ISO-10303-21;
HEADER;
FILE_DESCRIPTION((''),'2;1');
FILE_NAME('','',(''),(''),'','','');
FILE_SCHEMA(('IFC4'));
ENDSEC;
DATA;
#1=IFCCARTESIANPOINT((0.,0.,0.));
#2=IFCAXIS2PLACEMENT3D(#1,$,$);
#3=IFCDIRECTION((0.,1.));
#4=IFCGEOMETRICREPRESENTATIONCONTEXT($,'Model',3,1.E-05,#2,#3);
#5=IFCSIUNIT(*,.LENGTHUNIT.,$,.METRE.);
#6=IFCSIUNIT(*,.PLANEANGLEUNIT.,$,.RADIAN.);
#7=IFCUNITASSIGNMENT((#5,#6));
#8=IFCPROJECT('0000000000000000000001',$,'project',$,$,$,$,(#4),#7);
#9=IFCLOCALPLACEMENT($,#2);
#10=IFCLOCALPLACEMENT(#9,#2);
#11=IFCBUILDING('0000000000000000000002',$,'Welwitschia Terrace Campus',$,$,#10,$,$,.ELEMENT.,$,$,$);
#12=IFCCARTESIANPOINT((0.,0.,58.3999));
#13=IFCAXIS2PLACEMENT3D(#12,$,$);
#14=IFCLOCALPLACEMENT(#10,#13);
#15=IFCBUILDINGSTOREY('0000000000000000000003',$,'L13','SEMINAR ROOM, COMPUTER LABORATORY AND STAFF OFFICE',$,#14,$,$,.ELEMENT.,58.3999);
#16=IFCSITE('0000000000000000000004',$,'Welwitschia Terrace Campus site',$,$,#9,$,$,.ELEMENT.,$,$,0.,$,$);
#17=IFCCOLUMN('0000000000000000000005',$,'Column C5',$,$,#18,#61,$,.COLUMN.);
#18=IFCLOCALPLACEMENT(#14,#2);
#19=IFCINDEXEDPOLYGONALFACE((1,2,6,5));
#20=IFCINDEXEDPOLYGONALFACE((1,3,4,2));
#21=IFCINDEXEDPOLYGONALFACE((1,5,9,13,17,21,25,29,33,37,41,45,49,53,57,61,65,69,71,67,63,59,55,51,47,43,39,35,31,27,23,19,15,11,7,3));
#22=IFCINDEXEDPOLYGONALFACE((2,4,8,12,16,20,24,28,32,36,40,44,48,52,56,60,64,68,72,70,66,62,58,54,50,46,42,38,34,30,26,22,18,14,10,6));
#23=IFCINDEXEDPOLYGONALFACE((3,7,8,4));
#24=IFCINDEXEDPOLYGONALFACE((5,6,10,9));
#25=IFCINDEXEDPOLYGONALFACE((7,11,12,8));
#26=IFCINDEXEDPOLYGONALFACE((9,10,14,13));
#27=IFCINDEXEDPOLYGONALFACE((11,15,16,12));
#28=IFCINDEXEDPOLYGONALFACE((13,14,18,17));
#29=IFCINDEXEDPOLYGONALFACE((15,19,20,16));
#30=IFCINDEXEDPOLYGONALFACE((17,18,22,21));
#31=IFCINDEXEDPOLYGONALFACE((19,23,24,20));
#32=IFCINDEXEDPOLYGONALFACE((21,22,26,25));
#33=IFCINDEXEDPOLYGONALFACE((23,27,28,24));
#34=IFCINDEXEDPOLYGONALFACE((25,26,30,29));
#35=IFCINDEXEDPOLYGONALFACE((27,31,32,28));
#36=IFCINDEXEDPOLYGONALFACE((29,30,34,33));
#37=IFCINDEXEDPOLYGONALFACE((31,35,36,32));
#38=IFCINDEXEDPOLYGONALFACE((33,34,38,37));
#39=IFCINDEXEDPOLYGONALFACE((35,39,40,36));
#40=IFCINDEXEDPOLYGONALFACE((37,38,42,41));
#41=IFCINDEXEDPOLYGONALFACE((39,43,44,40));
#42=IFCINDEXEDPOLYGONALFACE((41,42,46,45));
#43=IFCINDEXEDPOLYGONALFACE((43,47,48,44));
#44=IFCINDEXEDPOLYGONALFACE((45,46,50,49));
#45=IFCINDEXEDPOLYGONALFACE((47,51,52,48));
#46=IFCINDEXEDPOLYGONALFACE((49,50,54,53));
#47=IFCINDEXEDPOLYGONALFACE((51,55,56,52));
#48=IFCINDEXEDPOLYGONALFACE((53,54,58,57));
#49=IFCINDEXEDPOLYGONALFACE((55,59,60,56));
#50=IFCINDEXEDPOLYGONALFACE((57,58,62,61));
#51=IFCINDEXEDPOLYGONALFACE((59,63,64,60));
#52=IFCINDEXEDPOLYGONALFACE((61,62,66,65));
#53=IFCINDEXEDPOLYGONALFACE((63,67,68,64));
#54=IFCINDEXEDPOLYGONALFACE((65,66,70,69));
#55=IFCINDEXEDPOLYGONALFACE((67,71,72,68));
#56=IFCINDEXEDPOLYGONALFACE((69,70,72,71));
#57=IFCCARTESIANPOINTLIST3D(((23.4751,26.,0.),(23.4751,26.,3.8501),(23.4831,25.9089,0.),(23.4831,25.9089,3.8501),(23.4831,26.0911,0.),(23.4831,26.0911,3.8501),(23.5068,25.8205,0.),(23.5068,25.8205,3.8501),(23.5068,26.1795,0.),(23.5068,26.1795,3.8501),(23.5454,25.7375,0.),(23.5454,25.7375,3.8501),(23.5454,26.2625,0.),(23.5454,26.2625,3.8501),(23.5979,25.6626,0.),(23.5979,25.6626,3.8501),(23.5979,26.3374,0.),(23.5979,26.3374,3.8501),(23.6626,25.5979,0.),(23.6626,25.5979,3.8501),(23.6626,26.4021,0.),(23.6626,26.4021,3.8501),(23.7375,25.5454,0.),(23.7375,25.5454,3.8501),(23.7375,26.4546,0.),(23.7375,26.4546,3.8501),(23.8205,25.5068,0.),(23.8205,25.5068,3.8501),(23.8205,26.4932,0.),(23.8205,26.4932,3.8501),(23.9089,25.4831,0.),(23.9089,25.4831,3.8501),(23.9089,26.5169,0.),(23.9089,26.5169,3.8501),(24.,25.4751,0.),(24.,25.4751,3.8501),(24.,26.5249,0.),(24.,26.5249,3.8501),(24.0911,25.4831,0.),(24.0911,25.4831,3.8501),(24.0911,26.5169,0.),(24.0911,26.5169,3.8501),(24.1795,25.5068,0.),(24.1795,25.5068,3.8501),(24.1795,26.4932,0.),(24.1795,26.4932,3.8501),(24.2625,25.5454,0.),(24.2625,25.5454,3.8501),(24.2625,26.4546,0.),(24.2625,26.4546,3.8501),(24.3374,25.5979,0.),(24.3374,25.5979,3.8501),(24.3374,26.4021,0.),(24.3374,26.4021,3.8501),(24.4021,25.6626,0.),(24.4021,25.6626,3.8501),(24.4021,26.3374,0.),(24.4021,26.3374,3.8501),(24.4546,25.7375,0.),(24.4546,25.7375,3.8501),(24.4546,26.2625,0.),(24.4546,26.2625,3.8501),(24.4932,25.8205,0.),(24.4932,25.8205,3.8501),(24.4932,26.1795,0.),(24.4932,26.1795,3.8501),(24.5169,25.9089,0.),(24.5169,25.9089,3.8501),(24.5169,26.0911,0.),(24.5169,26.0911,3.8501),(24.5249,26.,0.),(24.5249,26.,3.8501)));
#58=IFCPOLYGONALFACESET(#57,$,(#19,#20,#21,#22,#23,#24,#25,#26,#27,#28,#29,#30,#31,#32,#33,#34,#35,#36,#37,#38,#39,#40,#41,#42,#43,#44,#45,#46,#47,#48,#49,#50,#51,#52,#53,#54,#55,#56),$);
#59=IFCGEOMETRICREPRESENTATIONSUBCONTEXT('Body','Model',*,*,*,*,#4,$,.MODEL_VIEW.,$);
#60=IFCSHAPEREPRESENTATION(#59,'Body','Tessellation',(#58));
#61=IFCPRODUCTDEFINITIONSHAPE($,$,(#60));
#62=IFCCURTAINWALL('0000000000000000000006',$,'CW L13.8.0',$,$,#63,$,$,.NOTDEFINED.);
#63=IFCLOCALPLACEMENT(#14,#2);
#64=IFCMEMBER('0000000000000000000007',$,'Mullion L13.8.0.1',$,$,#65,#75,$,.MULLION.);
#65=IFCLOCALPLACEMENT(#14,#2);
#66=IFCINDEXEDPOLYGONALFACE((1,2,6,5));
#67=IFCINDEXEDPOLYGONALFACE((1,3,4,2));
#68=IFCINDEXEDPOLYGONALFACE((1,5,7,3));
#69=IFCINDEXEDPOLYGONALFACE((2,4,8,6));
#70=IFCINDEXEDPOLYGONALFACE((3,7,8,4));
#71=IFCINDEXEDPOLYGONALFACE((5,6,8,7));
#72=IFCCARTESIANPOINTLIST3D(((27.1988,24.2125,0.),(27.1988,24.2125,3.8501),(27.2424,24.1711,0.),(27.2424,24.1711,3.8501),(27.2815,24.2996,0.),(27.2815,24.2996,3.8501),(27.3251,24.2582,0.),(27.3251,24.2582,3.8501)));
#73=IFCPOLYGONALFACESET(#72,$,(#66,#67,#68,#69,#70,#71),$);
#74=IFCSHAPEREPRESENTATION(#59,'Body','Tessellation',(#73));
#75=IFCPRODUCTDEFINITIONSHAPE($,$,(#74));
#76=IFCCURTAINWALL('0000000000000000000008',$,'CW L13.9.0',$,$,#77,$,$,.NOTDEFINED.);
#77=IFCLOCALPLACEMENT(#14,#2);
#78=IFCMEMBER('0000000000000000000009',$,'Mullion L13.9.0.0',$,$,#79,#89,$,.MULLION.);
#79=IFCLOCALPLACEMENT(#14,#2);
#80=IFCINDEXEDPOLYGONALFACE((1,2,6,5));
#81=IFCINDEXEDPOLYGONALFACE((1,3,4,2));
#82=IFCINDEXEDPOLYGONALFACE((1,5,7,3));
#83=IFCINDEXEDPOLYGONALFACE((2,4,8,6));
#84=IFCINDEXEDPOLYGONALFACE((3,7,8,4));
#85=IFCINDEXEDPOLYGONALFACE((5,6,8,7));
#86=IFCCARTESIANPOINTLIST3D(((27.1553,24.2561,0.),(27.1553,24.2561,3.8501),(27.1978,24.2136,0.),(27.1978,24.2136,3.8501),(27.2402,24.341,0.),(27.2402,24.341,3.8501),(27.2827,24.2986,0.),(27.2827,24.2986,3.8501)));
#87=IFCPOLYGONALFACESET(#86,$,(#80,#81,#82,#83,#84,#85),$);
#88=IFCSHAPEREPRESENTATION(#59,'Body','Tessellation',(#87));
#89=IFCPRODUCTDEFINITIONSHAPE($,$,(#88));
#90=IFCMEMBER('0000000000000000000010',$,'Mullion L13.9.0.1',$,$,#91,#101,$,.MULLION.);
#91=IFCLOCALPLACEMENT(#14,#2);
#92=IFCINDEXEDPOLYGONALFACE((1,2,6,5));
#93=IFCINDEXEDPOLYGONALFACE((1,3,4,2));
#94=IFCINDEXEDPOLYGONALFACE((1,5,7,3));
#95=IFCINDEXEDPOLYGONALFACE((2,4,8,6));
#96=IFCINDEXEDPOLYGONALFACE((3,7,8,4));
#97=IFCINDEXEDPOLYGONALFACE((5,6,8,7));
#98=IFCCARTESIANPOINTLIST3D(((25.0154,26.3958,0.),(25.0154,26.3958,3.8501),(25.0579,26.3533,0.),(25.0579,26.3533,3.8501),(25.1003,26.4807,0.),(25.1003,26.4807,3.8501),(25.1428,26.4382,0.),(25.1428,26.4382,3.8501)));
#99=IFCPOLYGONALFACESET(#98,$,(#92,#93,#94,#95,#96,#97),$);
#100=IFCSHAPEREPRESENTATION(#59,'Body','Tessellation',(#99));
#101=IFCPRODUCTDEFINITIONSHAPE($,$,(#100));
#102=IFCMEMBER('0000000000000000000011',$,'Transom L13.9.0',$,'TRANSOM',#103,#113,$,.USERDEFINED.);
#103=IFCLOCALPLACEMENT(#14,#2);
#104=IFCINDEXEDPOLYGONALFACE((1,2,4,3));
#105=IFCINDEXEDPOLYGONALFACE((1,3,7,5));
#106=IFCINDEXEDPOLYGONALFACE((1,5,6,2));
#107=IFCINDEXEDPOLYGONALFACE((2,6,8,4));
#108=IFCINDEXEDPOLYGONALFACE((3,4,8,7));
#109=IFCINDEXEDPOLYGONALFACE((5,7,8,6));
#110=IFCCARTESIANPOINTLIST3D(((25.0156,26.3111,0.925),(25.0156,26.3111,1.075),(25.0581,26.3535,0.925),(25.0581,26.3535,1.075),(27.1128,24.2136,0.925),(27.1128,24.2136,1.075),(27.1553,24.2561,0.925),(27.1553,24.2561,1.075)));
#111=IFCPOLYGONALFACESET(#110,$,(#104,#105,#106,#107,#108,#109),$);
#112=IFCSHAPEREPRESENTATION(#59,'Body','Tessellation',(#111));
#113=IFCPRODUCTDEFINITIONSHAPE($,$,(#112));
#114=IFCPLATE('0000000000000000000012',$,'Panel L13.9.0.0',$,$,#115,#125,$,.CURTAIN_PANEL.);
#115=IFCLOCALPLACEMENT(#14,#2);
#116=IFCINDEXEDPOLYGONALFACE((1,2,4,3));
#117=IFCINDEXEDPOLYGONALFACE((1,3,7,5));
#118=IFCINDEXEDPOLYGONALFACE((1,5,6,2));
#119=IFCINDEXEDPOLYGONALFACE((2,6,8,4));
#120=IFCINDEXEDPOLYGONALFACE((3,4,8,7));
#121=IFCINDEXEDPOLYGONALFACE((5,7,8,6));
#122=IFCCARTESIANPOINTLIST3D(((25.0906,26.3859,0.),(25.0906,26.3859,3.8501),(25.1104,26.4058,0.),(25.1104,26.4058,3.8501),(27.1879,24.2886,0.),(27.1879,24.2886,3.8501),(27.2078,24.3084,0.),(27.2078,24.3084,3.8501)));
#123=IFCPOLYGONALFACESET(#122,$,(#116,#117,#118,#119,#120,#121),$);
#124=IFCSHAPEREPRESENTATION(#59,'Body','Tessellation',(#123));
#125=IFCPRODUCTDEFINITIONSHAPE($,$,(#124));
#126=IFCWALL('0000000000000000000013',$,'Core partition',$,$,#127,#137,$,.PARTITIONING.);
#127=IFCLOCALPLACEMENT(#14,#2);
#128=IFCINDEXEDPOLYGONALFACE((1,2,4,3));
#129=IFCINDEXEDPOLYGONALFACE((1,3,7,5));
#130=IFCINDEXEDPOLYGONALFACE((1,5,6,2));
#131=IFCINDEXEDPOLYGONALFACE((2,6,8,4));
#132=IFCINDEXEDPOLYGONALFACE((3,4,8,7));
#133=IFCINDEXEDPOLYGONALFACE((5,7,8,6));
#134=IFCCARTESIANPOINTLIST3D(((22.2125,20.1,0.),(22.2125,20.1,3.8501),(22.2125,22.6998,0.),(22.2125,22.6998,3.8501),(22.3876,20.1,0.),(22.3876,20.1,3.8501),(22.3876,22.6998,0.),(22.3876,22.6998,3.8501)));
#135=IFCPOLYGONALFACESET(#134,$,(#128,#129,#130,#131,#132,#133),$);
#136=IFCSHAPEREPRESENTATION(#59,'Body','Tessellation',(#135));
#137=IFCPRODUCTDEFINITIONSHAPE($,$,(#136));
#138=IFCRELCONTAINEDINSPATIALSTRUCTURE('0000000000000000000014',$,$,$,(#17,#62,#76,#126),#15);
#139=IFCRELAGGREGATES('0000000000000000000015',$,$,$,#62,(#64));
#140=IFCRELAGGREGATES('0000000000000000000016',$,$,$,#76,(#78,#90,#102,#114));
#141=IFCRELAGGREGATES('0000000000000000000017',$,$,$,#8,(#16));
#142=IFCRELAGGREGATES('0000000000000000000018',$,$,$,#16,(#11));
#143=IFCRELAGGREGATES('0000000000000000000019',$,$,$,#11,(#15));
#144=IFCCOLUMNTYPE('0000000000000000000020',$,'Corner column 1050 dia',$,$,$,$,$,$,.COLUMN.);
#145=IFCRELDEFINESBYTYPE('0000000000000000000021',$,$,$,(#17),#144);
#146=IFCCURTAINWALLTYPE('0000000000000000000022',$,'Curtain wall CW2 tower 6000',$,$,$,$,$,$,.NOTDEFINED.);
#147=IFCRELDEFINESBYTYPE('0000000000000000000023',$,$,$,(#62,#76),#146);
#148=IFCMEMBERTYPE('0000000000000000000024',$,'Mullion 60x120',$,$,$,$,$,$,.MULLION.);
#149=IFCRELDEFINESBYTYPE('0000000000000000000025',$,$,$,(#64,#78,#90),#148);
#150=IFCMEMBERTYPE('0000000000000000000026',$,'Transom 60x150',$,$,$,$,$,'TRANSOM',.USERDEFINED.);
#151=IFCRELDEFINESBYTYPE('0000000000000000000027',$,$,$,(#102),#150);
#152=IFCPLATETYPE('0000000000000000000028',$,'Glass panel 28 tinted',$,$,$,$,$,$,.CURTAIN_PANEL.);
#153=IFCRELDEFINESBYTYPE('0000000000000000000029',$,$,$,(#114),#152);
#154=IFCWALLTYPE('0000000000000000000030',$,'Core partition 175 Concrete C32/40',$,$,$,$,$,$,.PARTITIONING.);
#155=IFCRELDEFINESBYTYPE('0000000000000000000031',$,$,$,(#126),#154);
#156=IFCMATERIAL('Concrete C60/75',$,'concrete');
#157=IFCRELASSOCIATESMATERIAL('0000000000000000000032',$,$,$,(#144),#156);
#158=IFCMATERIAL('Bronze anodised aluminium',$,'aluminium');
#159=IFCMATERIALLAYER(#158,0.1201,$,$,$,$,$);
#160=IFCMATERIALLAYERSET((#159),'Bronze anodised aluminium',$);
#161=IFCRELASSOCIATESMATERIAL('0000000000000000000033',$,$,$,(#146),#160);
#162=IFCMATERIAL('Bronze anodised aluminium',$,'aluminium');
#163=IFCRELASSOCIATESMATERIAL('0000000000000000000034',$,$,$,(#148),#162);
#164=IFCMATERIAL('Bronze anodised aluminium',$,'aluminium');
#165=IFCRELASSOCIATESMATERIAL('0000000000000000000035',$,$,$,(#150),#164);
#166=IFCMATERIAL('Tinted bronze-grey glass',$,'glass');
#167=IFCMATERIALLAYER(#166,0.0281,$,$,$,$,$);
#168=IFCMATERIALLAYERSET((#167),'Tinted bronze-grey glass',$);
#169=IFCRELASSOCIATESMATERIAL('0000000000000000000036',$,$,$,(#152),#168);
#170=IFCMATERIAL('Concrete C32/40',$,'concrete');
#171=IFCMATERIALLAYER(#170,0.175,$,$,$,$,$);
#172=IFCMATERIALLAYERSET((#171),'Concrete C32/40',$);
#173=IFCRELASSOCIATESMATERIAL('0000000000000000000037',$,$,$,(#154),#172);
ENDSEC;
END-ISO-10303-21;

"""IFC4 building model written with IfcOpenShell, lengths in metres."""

from ifc_helpers import new_model, si_unit, direction, frame, frame_2d, origin, origin_2d, place, context, subcontext, project, spatial, rectangle, circle, extrude, material, layer, layer_set, material_profile, profile_set, type_object, element, aggregate, save


model = new_model("IFC4")

# Units and contexts
model_context = context("Model", 3, precision=1e-05, world=origin(), true_north=direction((0.0, 1.0)))
body_context = subcontext(model_context, "Body", "Model", "MODEL_VIEW")
ifc_project = project(units=[si_unit("LENGTHUNIT", "METRE"), si_unit("PLANEANGLEUNIT", "RADIAN")], contexts=[model_context])

# Site, building, storey
site_placement = place(None, origin())
site = spatial("IfcSite", under=ifc_project, at=site_placement, Name="Welwitschia Terrace Campus site", CompositionType="ELEMENT", RefElevation=0.0)
building_placement = place(site_placement, origin())
building = spatial("IfcBuilding", under=site, at=building_placement, Name="Welwitschia Terrace Campus", CompositionType="ELEMENT")
storey_placement = place(building_placement, frame((0.0, 0.0, 58.3999)))
storey = spatial("IfcBuildingStorey", under=building, at=storey_placement, Name="L13", Description="SEMINAR ROOM, COMPUTER LABORATORY AND STAFF OFFICE", CompositionType="ELEMENT", Elevation=58.3999)

# Column
ifc_material_1 = material(Name="Concrete C60/75", Category="concrete")
ifc_material_profile_1 = material_profile(ifc_material_1, circle(Radius=0.5249, at=origin_2d()))
ifc_profile_set_1 = profile_set([ifc_material_profile_1], Name="Concrete C60/75")
column_type = type_object("IfcColumnType", Name="Corner column 1050 dia", PredefinedType="COLUMN", material=ifc_profile_set_1)
column_placement = place(storey_placement, frame((24.0, 26.0, 0.0), z_axis=(0.0, 0.0, 1.0), x_axis=(1.0, 0.0, 0.0)))
element("IfcColumn", 1, at=column_placement, inside=storey, type_object=column_type, Name="Column C5", PredefinedType="COLUMN", context=body_context, shape_type="SweptSolid", body=[
    extrude(circle(Radius=0.5249, at=origin_2d()), origin(), (0.0, 0.0, 1.0), 3.8501),
])

# Curtain wall, member
ifc_material_2 = material(Name="Bronze anodised aluminium", Category="aluminium")
ifc_layer_1 = layer(ifc_material_2, 0.1201)
ifc_layer_set_1 = layer_set([ifc_layer_1], Name="Bronze anodised aluminium")
curtain_wall_type = type_object("IfcCurtainWallType", Name="Curtain wall CW2 tower 6000", PredefinedType="NOTDEFINED", material=ifc_layer_set_1)
curtain_wall_1_placement = place(storey_placement, origin())
curtain_wall_1 = element("IfcCurtainWall", 2, at=curtain_wall_1_placement, inside=storey, type_object=curtain_wall_type, Name="CW L13.8.0", PredefinedType="NOTDEFINED")
ifc_material_3 = material(Name="Bronze anodised aluminium", Category="aluminium")
ifc_material_profile_2 = material_profile(ifc_material_3, rectangle(XDim=0.1201, YDim=0.0601, at=origin_2d()))
ifc_profile_set_2 = profile_set([ifc_material_profile_2], Name="Bronze anodised aluminium")
member_type_1 = type_object("IfcMemberType", Name="Mullion 60x120", PredefinedType="MULLION", material=ifc_profile_set_2)
member_1_placement = place(storey_placement, frame((27.262, 24.2354, 0.0), z_axis=(0.0, 0.0, 1.0), x_axis=(-0.688355, -0.725374, 0.0)))
member_1 = element("IfcMember", 3, at=member_1_placement, type_object=member_type_1, Name="Mullion L13.8.0.1", PredefinedType="MULLION", context=body_context, shape_type="SweptSolid", body=[
    extrude(rectangle(XDim=0.1201, YDim=0.0601, at=origin_2d()), origin(), (0.0, 0.0, 1.0), 3.8501),
])
aggregate(curtain_wall_1, [member_1])

# Curtain wall, members, plate
curtain_wall_2_placement = place(storey_placement, origin())
curtain_wall_2 = element("IfcCurtainWall", 4, at=curtain_wall_2_placement, inside=storey, type_object=curtain_wall_type, Name="CW L13.9.0", PredefinedType="NOTDEFINED")
member_2_placement = place(storey_placement, frame((27.219, 24.2773, 0.0), z_axis=(0.0, 0.0, 1.0), x_axis=(-0.707107, -0.707107, 0.0)))
member_2 = element("IfcMember", 5, at=member_2_placement, type_object=member_type_1, Name="Mullion L13.9.0.0", PredefinedType="MULLION", context=body_context, shape_type="SweptSolid", body=[
    extrude(rectangle(XDim=0.1201, YDim=0.0601, at=origin_2d()), origin(), (0.0, 0.0, 1.0), 3.8501),
])
member_3_placement = place(storey_placement, frame((25.0791, 26.417, 0.0), z_axis=(0.0, 0.0, 1.0), x_axis=(-0.707107, -0.707107, 0.0)))
member_3 = element("IfcMember", 6, at=member_3_placement, type_object=member_type_1, Name="Mullion L13.9.0.1", PredefinedType="MULLION", context=body_context, shape_type="SweptSolid", body=[
    extrude(rectangle(XDim=0.1201, YDim=0.0601, at=origin_2d()), origin(), (0.0, 0.0, 1.0), 3.8501),
])
ifc_material_4 = material(Name="Bronze anodised aluminium", Category="aluminium")
ifc_material_profile_3 = material_profile(ifc_material_4, rectangle(XDim=0.0601, YDim=0.1499, at=origin_2d()))
ifc_profile_set_3 = profile_set([ifc_material_profile_3], Name="Bronze anodised aluminium")
member_type_2 = type_object("IfcMemberType", Name="Transom 60x150", ElementType="TRANSOM", PredefinedType="USERDEFINED", material=ifc_profile_set_3)
member_4_placement = place(storey_placement, frame((27.134, 24.2349, 1.0), z_axis=(-0.707066, 0.707148, 0.0), x_axis=(-0.707148, -0.707066, 0.0)))
member_4 = element("IfcMember", 7, at=member_4_placement, type_object=member_type_2, Name="Transom L13.9.0", ObjectType="TRANSOM", PredefinedType="USERDEFINED", context=body_context, shape_type="SweptSolid", body=[
    extrude(rectangle(XDim=0.0601, YDim=0.1499, at=origin_2d()), origin(), (0.0, 0.0, 1.0), 2.9661),
])
ifc_material_5 = material(Name="Tinted bronze-grey glass", Category="glass")
ifc_layer_2 = layer(ifc_material_5, 0.0281)
ifc_layer_set_2 = layer_set([ifc_layer_2], Name="Tinted bronze-grey glass")
plate_type = type_object("IfcPlateType", Name="Glass panel 28 tinted", PredefinedType="CURTAIN_PANEL", material=ifc_layer_set_2)
plate_placement = place(storey_placement, frame((26.1492, 25.3472, 0.0), z_axis=(0.0, 0.0, 1.0), x_axis=(-0.707107, 0.707107, 0.0)))
plate = element("IfcPlate", 8, at=plate_placement, type_object=plate_type, Name="Panel L13.9.0.0", PredefinedType="CURTAIN_PANEL", context=body_context, shape_type="SweptSolid", body=[
    extrude(rectangle(XDim=2.9661, YDim=0.0281, at=origin_2d()), origin(), (0.0, 0.0, 1.0), 3.8501),
])
aggregate(curtain_wall_2, [member_2, member_3, member_4, plate])

# Wall
ifc_material_6 = material(Name="Concrete C32/40", Category="concrete")
ifc_layer_3 = layer(ifc_material_6, 0.175)
ifc_layer_set_3 = layer_set([ifc_layer_3], Name="Concrete C32/40")
wall_type_1 = type_object("IfcWallType", Name="Core partition 175 Concrete C32/40", PredefinedType="PARTITIONING", material=ifc_layer_set_3)
wall_1_placement = place(storey_placement, frame((22.3, 20.1001, 0.0), z_axis=(0.0, 0.0, 1.0), x_axis=(0.0, 1.0, 0.0)))
element("IfcWall", 9, at=wall_1_placement, inside=storey, type_object=wall_type_1, Name="Core partition", PredefinedType="PARTITIONING", context=body_context, shape_type="SweptSolid", body=[
    extrude(rectangle(XDim=2.5999, YDim=0.175, at=frame_2d((1.2998, 0.0))), origin(), (0.0, 0.0, 1.0), 3.8501),
])

save(model, "model.ifc")
